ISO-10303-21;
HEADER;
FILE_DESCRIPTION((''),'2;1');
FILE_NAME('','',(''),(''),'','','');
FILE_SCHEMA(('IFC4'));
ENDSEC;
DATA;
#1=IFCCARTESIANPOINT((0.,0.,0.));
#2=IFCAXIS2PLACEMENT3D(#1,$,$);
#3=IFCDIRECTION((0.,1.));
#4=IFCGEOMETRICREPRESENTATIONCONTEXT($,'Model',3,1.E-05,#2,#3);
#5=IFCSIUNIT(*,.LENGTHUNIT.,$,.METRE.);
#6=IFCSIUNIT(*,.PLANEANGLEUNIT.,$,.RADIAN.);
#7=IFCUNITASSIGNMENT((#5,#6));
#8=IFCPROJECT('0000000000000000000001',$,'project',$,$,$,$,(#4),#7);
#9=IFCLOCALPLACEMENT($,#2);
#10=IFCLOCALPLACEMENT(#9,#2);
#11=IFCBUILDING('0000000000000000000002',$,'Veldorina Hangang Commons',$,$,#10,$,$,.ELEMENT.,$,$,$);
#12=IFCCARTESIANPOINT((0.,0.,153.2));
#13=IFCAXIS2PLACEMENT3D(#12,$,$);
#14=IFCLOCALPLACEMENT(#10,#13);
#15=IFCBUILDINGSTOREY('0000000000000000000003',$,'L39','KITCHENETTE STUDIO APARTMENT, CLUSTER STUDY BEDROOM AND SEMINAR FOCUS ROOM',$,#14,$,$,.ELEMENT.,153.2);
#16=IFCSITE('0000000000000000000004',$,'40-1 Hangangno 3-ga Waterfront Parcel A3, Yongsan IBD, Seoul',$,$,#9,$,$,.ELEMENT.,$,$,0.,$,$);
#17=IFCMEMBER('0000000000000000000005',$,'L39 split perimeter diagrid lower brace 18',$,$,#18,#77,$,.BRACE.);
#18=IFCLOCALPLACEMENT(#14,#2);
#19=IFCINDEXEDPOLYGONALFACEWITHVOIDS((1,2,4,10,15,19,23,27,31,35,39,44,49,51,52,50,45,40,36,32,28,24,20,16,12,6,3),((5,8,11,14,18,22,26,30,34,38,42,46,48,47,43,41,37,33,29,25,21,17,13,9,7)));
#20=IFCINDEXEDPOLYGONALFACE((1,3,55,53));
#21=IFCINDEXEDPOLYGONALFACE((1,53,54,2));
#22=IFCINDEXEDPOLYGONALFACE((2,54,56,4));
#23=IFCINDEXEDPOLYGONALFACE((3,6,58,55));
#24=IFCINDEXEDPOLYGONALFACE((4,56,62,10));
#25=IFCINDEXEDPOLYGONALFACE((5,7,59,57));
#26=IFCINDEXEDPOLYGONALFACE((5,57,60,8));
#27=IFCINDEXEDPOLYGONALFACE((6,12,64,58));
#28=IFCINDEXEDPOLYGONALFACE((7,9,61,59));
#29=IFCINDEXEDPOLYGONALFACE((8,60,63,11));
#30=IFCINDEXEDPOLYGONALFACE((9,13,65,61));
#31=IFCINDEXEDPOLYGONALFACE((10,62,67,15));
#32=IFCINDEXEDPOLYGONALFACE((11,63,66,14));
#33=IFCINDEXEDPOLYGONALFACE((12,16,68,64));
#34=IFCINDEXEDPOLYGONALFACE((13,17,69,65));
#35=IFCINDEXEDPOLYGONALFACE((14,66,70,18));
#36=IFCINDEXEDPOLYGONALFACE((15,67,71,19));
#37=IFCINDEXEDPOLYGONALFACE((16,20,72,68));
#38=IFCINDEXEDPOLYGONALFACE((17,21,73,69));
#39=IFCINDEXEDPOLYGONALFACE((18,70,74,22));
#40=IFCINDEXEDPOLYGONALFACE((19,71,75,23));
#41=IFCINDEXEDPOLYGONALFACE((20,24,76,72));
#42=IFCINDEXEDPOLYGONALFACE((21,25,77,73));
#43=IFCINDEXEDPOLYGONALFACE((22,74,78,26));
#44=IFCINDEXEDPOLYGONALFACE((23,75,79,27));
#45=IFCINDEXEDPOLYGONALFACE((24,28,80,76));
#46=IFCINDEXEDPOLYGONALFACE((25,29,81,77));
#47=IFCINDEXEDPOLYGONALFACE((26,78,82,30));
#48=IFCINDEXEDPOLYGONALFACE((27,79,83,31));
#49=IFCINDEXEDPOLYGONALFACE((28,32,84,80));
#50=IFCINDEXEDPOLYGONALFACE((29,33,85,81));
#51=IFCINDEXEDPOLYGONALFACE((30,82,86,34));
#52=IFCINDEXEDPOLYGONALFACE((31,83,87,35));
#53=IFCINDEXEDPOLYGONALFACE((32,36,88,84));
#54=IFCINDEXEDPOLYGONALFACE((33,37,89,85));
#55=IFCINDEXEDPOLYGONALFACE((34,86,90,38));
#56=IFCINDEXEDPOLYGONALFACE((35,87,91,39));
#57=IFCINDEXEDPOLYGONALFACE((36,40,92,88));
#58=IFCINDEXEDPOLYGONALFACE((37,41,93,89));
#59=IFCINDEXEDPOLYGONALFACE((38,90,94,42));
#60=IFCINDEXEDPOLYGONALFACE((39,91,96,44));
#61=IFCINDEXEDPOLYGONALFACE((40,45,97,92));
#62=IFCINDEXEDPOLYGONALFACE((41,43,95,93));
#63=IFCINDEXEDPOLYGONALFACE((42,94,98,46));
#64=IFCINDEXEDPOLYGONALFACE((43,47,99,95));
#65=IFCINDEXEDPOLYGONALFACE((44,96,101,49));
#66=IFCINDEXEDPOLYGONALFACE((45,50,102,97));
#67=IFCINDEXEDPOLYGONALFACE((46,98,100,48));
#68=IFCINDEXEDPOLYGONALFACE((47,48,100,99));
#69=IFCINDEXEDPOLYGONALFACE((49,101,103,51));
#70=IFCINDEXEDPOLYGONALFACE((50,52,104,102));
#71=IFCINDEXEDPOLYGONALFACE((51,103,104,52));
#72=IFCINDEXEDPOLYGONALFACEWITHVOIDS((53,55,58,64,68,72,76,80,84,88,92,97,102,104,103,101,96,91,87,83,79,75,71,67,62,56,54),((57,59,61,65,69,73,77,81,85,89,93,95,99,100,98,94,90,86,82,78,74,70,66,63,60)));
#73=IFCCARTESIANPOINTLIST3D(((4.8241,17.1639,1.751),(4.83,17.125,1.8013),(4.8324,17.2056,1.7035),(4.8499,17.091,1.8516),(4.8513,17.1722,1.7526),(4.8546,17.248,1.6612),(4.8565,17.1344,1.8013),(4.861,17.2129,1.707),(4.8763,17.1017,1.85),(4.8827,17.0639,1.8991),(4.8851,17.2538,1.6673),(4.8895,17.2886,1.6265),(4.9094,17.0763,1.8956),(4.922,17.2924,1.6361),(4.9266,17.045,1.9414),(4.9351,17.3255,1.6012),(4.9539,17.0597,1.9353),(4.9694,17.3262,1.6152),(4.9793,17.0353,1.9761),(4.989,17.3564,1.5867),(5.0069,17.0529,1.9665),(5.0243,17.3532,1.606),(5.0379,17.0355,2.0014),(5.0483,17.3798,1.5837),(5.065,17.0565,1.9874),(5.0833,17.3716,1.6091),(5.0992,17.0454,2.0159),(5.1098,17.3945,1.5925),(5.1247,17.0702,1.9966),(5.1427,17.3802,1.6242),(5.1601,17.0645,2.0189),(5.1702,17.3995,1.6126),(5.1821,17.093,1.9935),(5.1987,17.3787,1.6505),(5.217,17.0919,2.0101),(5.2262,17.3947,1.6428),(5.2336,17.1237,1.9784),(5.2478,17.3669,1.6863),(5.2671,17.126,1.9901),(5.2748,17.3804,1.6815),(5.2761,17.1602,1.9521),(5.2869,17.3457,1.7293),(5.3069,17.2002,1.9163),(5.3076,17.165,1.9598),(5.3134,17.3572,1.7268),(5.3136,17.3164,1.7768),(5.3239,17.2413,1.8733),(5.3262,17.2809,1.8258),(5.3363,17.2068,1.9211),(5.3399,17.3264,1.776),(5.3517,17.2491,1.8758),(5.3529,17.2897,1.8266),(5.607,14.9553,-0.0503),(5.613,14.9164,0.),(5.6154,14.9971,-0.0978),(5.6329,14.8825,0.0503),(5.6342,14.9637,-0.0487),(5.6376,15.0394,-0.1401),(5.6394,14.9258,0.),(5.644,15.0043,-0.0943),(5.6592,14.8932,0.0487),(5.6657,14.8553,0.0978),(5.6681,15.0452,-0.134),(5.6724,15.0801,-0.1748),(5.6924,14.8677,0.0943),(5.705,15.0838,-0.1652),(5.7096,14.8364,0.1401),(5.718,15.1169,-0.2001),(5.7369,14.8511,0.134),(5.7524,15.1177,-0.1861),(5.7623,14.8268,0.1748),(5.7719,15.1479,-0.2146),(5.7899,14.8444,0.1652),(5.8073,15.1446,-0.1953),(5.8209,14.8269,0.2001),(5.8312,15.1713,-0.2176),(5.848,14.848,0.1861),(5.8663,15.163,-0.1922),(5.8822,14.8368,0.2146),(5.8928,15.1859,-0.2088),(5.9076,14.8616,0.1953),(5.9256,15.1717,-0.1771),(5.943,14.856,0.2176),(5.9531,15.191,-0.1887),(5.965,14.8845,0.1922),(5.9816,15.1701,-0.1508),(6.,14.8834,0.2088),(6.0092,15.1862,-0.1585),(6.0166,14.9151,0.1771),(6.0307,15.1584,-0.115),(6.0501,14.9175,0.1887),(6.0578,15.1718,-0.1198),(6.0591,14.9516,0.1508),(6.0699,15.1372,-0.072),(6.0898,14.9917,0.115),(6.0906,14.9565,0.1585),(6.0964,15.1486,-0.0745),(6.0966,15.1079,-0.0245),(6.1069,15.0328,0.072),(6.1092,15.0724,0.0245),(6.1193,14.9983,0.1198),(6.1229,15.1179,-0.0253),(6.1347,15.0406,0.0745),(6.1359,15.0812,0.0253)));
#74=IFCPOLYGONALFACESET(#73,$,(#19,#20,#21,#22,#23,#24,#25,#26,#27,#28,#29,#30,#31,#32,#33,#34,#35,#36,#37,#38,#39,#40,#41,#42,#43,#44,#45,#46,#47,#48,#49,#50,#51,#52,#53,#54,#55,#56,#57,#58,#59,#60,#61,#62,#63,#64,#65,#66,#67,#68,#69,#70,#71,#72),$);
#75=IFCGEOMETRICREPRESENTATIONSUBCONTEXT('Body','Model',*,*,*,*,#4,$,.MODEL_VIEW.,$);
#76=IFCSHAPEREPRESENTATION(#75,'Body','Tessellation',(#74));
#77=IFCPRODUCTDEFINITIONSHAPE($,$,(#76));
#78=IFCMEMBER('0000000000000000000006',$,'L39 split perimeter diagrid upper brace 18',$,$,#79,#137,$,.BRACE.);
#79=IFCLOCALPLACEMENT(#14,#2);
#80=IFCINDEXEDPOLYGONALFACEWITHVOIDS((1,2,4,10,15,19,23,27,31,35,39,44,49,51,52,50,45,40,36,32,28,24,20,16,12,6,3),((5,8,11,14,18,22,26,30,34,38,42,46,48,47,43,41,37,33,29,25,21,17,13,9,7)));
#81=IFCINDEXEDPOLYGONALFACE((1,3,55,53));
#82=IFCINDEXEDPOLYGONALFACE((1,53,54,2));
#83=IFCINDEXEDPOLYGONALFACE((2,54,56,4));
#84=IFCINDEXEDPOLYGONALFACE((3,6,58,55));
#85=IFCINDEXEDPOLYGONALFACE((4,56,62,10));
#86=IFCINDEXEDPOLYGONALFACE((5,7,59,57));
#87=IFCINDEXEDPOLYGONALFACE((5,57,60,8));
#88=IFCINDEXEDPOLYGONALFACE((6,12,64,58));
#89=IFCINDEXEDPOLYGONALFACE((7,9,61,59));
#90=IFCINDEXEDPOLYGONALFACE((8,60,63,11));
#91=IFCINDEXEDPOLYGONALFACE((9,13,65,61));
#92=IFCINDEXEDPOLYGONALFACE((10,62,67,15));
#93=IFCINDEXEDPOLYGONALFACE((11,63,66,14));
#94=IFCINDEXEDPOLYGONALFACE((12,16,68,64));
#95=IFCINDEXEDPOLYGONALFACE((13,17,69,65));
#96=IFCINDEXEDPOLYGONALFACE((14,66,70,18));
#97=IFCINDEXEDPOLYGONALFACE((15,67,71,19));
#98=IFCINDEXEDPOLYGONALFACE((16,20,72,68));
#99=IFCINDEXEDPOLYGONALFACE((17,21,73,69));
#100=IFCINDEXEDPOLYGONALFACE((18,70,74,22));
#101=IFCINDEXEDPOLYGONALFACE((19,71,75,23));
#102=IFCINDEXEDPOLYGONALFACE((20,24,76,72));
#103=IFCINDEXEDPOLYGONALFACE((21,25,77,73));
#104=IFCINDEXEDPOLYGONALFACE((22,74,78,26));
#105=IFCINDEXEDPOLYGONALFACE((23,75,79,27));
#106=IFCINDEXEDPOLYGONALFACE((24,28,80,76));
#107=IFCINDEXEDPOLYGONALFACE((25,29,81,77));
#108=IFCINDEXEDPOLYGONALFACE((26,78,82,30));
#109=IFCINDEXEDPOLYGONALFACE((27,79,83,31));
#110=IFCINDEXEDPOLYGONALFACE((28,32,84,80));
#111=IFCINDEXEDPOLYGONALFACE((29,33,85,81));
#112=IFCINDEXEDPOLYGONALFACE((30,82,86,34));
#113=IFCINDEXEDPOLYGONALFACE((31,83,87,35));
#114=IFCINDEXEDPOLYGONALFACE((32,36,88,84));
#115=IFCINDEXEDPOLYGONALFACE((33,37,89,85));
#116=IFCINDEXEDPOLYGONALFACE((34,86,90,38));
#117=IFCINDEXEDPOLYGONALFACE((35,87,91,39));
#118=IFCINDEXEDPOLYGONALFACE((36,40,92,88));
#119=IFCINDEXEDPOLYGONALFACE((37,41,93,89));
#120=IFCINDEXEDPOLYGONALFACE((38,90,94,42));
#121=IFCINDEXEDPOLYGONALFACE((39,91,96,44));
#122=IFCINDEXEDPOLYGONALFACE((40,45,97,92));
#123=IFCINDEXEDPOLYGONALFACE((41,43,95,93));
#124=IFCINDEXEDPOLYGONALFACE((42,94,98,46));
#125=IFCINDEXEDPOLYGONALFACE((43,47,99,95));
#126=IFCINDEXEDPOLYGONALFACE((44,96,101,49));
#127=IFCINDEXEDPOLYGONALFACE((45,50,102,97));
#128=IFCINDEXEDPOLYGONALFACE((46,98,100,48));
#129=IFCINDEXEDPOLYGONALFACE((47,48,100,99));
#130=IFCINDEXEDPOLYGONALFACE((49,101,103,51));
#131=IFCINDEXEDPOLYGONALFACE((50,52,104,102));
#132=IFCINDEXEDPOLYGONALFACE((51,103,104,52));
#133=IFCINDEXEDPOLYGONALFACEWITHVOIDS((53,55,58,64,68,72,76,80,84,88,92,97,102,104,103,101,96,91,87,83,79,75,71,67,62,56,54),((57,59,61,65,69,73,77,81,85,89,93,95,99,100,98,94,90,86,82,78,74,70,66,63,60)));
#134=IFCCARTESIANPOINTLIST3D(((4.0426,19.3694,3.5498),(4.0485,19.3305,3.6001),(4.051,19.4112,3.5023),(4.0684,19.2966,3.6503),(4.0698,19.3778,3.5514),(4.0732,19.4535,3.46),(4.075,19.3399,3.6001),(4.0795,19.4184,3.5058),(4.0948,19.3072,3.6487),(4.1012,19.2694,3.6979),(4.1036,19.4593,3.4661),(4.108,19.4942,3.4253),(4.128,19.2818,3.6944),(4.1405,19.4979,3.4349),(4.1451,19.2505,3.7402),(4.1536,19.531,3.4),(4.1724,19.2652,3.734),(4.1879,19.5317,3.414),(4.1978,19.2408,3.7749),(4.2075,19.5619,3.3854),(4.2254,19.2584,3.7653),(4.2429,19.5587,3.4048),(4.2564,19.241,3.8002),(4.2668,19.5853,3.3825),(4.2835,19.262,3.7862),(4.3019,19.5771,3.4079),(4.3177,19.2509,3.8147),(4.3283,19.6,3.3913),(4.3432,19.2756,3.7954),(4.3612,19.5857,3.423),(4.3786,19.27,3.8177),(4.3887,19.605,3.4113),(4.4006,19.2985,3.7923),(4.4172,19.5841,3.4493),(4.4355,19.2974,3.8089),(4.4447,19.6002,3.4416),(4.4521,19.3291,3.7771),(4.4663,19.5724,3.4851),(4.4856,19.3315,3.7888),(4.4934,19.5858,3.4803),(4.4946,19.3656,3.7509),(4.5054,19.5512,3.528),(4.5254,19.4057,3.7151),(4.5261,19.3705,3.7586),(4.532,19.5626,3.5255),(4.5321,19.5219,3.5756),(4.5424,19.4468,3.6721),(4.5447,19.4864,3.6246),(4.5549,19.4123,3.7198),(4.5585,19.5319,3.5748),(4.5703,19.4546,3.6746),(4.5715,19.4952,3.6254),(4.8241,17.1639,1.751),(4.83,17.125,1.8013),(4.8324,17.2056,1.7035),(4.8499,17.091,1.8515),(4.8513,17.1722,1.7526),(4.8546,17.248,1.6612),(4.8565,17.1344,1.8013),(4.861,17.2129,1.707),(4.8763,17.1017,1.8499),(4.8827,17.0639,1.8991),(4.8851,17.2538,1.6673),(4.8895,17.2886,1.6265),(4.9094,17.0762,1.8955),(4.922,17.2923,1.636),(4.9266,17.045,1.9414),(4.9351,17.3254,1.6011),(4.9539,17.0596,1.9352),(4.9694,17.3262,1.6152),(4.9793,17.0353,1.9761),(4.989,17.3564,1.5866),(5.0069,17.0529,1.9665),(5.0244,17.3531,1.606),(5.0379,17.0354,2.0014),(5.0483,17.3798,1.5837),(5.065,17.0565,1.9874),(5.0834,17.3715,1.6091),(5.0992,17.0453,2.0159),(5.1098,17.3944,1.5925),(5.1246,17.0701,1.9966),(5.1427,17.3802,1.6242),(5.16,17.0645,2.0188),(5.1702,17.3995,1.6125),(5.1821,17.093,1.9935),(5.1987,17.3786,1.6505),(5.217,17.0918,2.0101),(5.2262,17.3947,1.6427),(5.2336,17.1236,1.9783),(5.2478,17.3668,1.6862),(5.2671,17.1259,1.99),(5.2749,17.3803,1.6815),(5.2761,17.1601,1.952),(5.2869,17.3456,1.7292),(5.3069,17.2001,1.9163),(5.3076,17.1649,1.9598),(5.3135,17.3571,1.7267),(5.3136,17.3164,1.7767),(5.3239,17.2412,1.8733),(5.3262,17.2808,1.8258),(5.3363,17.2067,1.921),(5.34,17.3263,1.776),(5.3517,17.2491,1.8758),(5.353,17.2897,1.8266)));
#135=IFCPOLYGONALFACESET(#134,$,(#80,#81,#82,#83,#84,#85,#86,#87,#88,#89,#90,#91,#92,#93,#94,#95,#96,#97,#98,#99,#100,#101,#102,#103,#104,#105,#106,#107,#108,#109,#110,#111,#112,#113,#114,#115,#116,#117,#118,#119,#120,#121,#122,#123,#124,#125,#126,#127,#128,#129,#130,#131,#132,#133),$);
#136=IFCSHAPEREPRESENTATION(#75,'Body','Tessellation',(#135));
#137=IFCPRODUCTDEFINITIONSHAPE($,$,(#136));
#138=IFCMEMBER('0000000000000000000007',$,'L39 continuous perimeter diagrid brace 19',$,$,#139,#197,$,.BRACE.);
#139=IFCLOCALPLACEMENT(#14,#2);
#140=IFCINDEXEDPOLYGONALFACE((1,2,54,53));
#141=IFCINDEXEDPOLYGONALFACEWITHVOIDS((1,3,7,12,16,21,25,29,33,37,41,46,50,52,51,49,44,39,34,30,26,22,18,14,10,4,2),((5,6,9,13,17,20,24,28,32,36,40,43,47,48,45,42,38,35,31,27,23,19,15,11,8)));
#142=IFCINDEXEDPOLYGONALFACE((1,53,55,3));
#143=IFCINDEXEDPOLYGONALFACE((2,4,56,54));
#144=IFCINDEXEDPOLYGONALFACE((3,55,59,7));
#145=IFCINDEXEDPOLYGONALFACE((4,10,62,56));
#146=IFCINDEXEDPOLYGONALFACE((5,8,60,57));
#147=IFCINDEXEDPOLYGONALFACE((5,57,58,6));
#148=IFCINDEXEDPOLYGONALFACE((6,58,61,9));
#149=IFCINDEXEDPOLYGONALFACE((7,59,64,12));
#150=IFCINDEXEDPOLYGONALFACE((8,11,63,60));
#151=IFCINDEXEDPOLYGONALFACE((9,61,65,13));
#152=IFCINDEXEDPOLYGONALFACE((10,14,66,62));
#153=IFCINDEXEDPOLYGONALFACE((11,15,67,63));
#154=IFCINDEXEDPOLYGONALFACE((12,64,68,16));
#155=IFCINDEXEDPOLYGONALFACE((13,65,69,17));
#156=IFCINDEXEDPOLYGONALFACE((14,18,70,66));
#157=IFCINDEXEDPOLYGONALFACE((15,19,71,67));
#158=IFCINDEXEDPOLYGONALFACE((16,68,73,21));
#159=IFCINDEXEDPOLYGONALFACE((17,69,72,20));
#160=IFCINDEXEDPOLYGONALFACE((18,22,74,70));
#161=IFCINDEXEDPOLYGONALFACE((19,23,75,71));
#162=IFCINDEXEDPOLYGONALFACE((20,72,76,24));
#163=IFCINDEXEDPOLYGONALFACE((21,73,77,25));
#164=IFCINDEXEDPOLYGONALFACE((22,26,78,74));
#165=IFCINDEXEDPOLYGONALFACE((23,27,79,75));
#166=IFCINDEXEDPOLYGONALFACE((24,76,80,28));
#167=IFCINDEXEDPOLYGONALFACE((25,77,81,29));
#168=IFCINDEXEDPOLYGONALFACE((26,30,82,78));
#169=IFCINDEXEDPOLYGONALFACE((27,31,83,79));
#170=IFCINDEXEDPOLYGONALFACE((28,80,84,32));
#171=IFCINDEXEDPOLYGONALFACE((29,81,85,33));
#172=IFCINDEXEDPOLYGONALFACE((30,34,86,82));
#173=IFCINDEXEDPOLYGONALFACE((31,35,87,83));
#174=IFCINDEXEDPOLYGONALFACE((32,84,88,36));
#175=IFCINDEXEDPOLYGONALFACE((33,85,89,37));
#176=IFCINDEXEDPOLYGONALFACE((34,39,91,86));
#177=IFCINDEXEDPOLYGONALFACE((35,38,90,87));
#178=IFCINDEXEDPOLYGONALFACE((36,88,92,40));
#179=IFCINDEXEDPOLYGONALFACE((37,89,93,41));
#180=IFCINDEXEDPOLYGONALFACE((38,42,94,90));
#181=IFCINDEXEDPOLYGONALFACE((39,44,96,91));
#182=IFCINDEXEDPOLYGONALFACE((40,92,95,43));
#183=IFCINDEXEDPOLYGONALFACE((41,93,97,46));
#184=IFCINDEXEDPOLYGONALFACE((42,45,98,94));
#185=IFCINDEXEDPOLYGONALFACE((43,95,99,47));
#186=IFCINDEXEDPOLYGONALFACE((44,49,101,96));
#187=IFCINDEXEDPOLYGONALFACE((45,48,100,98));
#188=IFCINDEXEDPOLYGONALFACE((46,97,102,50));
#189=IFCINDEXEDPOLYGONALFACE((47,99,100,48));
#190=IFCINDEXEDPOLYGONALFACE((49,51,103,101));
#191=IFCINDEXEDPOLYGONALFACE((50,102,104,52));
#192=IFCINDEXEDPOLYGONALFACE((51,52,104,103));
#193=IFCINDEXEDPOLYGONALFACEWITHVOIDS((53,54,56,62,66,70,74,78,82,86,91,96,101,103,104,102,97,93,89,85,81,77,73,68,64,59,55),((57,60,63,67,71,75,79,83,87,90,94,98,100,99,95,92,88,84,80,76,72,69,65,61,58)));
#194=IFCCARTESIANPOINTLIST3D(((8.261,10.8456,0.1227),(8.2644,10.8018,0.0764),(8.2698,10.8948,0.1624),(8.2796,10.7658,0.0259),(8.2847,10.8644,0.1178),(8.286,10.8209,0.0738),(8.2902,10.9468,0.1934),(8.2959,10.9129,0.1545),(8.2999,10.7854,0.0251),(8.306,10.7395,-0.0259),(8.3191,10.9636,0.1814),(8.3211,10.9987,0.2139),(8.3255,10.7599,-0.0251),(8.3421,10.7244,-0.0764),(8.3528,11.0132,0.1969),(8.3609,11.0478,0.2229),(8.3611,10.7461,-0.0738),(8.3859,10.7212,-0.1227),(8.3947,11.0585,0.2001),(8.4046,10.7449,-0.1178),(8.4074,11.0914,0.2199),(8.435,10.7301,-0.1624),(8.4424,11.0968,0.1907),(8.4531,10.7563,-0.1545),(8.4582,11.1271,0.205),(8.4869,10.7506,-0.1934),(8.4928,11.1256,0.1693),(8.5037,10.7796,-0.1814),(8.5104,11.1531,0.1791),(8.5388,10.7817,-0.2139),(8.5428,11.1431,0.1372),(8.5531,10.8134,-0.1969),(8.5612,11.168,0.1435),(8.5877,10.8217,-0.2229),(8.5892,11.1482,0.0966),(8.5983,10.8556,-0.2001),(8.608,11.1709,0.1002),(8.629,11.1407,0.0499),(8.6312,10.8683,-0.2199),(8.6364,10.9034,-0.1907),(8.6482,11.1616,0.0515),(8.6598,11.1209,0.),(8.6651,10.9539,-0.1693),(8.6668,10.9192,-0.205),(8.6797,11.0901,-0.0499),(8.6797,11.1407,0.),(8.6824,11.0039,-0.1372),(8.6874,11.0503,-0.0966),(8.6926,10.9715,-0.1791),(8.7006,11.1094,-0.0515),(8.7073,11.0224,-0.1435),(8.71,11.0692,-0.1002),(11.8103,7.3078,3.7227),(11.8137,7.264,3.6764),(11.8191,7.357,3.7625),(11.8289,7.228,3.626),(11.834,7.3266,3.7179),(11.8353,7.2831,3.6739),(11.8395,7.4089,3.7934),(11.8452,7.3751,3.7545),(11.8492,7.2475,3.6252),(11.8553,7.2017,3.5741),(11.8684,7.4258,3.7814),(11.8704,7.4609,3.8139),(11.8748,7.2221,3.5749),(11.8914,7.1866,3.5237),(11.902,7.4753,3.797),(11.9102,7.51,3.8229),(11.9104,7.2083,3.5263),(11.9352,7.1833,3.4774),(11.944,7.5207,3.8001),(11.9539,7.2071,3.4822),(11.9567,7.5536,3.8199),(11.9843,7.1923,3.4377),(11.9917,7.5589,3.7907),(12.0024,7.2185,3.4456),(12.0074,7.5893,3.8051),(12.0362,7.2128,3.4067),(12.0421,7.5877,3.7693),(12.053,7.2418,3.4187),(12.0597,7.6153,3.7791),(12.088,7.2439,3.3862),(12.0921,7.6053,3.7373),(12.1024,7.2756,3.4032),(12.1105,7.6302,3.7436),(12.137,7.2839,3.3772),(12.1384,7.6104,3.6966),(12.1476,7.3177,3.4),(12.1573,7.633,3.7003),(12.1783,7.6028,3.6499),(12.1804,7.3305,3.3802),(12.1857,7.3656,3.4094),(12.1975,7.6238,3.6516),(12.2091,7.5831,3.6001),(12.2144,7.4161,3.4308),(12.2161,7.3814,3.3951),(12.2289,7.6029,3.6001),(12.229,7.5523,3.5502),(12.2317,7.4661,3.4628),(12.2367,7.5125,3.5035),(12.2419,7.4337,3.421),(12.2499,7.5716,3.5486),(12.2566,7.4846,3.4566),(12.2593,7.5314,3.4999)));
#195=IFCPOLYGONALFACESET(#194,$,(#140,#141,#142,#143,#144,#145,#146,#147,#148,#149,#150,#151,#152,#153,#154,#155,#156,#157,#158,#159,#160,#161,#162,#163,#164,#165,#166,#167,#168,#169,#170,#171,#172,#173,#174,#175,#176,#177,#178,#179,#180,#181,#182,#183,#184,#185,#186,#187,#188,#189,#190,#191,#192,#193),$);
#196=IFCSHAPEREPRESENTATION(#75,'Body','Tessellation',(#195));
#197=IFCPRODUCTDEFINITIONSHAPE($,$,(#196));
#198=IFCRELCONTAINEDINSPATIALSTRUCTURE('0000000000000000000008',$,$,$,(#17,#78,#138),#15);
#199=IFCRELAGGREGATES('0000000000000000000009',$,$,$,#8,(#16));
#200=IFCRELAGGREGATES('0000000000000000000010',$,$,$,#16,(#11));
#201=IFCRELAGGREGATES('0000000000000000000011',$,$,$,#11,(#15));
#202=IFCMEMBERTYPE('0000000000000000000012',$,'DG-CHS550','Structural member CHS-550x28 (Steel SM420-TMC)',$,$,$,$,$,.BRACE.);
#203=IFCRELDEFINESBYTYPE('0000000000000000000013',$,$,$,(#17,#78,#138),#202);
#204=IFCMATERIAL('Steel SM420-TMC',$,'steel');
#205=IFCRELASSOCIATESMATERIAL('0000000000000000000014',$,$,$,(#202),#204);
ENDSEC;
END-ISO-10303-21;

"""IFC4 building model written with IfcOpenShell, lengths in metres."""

from ifc_helpers import new_model, si_unit, direction, frame, origin, origin_2d, place, context, subcontext, project, spatial, hollow_circle, extrude, material, material_profile, profile_set, type_object, element, save


model = new_model("IFC4")

# Units and contexts
model_context = context("Model", 3, precision=1e-05, world=origin(), true_north=direction((0.0, 1.0)))
body_context = subcontext(model_context, "Body", "Model", "MODEL_VIEW")
ifc_project = project(units=[si_unit("LENGTHUNIT", "METRE"), si_unit("PLANEANGLEUNIT", "RADIAN")], contexts=[model_context])

# Site, building, storey
site_placement = place(None, origin())
site = spatial("IfcSite", under=ifc_project, at=site_placement, Name="40-1 Hangangno 3-ga Waterfront Parcel A3, Yongsan IBD, Seoul", CompositionType="ELEMENT", RefElevation=0.0)
building_placement = place(site_placement, origin())
building = spatial("IfcBuilding", under=site, at=building_placement, Name="Veldorina Hangang Commons", CompositionType="ELEMENT")
storey_placement = place(building_placement, frame((0.0, 0.0, 153.2)))
storey = spatial("IfcBuildingStorey", under=building, at=storey_placement, Name="L39", Description="KITCHENETTE STUDIO APARTMENT, CLUSTER STUDY BEDROOM AND SEMINAR FOCUS ROOM", CompositionType="ELEMENT", Elevation=153.2)

# Shared definitions
ifc_material_1 = material(Name="Steel SM420-TMC", Category="steel")

# Members
ifc_material_profile_1 = material_profile(ifc_material_1, hollow_circle(Radius=0.2749, WallThickness=0.0281, at=origin_2d()), Name="CHS-550x28")
ifc_profile_set_1 = profile_set([ifc_material_profile_1], Name="Steel SM420-TMC")
member_type = type_object("IfcMemberType", Name="DG-CHS550", Description="Structural member CHS-550x28 (Steel SM420-TMC)", PredefinedType="BRACE", material=ifc_profile_set_1)
member_1_placement = place(storey_placement, frame((5.8721, 15.0083, 0.0), z_axis=(-0.264915, 0.747247, 0.609461), x_axis=(-0.942522, -0.334144, 0.0)))
element("IfcMember", 1, at=member_1_placement, inside=storey, type_object=member_type, Name="L39 split perimeter diagrid lower brace 18", PredefinedType="BRACE", context=body_context, shape_type="SweptSolid", body=[
    extrude(hollow_circle(Radius=0.2749, WallThickness=0.0281, at=origin_2d()), origin(), (0.0, 0.0, 1.0), 2.9556),
])
member_2_placement = place(storey_placement, frame((5.0891, 17.2168, 1.8013), z_axis=(-0.264783, 0.747283, 0.609473), x_axis=(-0.942579, -0.333982, 0.0)))
element("IfcMember", 2, at=member_2_placement, inside=storey, type_object=member_type, Name="L39 split perimeter diagrid upper brace 18", PredefinedType="BRACE", context=body_context, shape_type="SweptSolid", body=[
    extrude(hollow_circle(Radius=0.2749, WallThickness=0.0281, at=origin_2d()), origin(), (0.0, 0.0, 1.0), 2.9514),
])
member_3_placement = place(storey_placement, frame((8.4856, 10.946, 0.0), z_axis=(0.57521, -0.573351, 0.58344), x_axis=(0.705961, 0.708251, 0.0)))
element("IfcMember", 3, at=member_3_placement, inside=storey, type_object=member_type, Name="L39 continuous perimeter diagrid brace 19", PredefinedType="BRACE", context=body_context, shape_type="SweptSolid", body=[
    extrude(hollow_circle(Radius=0.2749, WallThickness=0.0281, at=origin_2d()), origin(), (0.0, 0.0, 1.0), 6.1704),
])

save(model, "model.ifc")
